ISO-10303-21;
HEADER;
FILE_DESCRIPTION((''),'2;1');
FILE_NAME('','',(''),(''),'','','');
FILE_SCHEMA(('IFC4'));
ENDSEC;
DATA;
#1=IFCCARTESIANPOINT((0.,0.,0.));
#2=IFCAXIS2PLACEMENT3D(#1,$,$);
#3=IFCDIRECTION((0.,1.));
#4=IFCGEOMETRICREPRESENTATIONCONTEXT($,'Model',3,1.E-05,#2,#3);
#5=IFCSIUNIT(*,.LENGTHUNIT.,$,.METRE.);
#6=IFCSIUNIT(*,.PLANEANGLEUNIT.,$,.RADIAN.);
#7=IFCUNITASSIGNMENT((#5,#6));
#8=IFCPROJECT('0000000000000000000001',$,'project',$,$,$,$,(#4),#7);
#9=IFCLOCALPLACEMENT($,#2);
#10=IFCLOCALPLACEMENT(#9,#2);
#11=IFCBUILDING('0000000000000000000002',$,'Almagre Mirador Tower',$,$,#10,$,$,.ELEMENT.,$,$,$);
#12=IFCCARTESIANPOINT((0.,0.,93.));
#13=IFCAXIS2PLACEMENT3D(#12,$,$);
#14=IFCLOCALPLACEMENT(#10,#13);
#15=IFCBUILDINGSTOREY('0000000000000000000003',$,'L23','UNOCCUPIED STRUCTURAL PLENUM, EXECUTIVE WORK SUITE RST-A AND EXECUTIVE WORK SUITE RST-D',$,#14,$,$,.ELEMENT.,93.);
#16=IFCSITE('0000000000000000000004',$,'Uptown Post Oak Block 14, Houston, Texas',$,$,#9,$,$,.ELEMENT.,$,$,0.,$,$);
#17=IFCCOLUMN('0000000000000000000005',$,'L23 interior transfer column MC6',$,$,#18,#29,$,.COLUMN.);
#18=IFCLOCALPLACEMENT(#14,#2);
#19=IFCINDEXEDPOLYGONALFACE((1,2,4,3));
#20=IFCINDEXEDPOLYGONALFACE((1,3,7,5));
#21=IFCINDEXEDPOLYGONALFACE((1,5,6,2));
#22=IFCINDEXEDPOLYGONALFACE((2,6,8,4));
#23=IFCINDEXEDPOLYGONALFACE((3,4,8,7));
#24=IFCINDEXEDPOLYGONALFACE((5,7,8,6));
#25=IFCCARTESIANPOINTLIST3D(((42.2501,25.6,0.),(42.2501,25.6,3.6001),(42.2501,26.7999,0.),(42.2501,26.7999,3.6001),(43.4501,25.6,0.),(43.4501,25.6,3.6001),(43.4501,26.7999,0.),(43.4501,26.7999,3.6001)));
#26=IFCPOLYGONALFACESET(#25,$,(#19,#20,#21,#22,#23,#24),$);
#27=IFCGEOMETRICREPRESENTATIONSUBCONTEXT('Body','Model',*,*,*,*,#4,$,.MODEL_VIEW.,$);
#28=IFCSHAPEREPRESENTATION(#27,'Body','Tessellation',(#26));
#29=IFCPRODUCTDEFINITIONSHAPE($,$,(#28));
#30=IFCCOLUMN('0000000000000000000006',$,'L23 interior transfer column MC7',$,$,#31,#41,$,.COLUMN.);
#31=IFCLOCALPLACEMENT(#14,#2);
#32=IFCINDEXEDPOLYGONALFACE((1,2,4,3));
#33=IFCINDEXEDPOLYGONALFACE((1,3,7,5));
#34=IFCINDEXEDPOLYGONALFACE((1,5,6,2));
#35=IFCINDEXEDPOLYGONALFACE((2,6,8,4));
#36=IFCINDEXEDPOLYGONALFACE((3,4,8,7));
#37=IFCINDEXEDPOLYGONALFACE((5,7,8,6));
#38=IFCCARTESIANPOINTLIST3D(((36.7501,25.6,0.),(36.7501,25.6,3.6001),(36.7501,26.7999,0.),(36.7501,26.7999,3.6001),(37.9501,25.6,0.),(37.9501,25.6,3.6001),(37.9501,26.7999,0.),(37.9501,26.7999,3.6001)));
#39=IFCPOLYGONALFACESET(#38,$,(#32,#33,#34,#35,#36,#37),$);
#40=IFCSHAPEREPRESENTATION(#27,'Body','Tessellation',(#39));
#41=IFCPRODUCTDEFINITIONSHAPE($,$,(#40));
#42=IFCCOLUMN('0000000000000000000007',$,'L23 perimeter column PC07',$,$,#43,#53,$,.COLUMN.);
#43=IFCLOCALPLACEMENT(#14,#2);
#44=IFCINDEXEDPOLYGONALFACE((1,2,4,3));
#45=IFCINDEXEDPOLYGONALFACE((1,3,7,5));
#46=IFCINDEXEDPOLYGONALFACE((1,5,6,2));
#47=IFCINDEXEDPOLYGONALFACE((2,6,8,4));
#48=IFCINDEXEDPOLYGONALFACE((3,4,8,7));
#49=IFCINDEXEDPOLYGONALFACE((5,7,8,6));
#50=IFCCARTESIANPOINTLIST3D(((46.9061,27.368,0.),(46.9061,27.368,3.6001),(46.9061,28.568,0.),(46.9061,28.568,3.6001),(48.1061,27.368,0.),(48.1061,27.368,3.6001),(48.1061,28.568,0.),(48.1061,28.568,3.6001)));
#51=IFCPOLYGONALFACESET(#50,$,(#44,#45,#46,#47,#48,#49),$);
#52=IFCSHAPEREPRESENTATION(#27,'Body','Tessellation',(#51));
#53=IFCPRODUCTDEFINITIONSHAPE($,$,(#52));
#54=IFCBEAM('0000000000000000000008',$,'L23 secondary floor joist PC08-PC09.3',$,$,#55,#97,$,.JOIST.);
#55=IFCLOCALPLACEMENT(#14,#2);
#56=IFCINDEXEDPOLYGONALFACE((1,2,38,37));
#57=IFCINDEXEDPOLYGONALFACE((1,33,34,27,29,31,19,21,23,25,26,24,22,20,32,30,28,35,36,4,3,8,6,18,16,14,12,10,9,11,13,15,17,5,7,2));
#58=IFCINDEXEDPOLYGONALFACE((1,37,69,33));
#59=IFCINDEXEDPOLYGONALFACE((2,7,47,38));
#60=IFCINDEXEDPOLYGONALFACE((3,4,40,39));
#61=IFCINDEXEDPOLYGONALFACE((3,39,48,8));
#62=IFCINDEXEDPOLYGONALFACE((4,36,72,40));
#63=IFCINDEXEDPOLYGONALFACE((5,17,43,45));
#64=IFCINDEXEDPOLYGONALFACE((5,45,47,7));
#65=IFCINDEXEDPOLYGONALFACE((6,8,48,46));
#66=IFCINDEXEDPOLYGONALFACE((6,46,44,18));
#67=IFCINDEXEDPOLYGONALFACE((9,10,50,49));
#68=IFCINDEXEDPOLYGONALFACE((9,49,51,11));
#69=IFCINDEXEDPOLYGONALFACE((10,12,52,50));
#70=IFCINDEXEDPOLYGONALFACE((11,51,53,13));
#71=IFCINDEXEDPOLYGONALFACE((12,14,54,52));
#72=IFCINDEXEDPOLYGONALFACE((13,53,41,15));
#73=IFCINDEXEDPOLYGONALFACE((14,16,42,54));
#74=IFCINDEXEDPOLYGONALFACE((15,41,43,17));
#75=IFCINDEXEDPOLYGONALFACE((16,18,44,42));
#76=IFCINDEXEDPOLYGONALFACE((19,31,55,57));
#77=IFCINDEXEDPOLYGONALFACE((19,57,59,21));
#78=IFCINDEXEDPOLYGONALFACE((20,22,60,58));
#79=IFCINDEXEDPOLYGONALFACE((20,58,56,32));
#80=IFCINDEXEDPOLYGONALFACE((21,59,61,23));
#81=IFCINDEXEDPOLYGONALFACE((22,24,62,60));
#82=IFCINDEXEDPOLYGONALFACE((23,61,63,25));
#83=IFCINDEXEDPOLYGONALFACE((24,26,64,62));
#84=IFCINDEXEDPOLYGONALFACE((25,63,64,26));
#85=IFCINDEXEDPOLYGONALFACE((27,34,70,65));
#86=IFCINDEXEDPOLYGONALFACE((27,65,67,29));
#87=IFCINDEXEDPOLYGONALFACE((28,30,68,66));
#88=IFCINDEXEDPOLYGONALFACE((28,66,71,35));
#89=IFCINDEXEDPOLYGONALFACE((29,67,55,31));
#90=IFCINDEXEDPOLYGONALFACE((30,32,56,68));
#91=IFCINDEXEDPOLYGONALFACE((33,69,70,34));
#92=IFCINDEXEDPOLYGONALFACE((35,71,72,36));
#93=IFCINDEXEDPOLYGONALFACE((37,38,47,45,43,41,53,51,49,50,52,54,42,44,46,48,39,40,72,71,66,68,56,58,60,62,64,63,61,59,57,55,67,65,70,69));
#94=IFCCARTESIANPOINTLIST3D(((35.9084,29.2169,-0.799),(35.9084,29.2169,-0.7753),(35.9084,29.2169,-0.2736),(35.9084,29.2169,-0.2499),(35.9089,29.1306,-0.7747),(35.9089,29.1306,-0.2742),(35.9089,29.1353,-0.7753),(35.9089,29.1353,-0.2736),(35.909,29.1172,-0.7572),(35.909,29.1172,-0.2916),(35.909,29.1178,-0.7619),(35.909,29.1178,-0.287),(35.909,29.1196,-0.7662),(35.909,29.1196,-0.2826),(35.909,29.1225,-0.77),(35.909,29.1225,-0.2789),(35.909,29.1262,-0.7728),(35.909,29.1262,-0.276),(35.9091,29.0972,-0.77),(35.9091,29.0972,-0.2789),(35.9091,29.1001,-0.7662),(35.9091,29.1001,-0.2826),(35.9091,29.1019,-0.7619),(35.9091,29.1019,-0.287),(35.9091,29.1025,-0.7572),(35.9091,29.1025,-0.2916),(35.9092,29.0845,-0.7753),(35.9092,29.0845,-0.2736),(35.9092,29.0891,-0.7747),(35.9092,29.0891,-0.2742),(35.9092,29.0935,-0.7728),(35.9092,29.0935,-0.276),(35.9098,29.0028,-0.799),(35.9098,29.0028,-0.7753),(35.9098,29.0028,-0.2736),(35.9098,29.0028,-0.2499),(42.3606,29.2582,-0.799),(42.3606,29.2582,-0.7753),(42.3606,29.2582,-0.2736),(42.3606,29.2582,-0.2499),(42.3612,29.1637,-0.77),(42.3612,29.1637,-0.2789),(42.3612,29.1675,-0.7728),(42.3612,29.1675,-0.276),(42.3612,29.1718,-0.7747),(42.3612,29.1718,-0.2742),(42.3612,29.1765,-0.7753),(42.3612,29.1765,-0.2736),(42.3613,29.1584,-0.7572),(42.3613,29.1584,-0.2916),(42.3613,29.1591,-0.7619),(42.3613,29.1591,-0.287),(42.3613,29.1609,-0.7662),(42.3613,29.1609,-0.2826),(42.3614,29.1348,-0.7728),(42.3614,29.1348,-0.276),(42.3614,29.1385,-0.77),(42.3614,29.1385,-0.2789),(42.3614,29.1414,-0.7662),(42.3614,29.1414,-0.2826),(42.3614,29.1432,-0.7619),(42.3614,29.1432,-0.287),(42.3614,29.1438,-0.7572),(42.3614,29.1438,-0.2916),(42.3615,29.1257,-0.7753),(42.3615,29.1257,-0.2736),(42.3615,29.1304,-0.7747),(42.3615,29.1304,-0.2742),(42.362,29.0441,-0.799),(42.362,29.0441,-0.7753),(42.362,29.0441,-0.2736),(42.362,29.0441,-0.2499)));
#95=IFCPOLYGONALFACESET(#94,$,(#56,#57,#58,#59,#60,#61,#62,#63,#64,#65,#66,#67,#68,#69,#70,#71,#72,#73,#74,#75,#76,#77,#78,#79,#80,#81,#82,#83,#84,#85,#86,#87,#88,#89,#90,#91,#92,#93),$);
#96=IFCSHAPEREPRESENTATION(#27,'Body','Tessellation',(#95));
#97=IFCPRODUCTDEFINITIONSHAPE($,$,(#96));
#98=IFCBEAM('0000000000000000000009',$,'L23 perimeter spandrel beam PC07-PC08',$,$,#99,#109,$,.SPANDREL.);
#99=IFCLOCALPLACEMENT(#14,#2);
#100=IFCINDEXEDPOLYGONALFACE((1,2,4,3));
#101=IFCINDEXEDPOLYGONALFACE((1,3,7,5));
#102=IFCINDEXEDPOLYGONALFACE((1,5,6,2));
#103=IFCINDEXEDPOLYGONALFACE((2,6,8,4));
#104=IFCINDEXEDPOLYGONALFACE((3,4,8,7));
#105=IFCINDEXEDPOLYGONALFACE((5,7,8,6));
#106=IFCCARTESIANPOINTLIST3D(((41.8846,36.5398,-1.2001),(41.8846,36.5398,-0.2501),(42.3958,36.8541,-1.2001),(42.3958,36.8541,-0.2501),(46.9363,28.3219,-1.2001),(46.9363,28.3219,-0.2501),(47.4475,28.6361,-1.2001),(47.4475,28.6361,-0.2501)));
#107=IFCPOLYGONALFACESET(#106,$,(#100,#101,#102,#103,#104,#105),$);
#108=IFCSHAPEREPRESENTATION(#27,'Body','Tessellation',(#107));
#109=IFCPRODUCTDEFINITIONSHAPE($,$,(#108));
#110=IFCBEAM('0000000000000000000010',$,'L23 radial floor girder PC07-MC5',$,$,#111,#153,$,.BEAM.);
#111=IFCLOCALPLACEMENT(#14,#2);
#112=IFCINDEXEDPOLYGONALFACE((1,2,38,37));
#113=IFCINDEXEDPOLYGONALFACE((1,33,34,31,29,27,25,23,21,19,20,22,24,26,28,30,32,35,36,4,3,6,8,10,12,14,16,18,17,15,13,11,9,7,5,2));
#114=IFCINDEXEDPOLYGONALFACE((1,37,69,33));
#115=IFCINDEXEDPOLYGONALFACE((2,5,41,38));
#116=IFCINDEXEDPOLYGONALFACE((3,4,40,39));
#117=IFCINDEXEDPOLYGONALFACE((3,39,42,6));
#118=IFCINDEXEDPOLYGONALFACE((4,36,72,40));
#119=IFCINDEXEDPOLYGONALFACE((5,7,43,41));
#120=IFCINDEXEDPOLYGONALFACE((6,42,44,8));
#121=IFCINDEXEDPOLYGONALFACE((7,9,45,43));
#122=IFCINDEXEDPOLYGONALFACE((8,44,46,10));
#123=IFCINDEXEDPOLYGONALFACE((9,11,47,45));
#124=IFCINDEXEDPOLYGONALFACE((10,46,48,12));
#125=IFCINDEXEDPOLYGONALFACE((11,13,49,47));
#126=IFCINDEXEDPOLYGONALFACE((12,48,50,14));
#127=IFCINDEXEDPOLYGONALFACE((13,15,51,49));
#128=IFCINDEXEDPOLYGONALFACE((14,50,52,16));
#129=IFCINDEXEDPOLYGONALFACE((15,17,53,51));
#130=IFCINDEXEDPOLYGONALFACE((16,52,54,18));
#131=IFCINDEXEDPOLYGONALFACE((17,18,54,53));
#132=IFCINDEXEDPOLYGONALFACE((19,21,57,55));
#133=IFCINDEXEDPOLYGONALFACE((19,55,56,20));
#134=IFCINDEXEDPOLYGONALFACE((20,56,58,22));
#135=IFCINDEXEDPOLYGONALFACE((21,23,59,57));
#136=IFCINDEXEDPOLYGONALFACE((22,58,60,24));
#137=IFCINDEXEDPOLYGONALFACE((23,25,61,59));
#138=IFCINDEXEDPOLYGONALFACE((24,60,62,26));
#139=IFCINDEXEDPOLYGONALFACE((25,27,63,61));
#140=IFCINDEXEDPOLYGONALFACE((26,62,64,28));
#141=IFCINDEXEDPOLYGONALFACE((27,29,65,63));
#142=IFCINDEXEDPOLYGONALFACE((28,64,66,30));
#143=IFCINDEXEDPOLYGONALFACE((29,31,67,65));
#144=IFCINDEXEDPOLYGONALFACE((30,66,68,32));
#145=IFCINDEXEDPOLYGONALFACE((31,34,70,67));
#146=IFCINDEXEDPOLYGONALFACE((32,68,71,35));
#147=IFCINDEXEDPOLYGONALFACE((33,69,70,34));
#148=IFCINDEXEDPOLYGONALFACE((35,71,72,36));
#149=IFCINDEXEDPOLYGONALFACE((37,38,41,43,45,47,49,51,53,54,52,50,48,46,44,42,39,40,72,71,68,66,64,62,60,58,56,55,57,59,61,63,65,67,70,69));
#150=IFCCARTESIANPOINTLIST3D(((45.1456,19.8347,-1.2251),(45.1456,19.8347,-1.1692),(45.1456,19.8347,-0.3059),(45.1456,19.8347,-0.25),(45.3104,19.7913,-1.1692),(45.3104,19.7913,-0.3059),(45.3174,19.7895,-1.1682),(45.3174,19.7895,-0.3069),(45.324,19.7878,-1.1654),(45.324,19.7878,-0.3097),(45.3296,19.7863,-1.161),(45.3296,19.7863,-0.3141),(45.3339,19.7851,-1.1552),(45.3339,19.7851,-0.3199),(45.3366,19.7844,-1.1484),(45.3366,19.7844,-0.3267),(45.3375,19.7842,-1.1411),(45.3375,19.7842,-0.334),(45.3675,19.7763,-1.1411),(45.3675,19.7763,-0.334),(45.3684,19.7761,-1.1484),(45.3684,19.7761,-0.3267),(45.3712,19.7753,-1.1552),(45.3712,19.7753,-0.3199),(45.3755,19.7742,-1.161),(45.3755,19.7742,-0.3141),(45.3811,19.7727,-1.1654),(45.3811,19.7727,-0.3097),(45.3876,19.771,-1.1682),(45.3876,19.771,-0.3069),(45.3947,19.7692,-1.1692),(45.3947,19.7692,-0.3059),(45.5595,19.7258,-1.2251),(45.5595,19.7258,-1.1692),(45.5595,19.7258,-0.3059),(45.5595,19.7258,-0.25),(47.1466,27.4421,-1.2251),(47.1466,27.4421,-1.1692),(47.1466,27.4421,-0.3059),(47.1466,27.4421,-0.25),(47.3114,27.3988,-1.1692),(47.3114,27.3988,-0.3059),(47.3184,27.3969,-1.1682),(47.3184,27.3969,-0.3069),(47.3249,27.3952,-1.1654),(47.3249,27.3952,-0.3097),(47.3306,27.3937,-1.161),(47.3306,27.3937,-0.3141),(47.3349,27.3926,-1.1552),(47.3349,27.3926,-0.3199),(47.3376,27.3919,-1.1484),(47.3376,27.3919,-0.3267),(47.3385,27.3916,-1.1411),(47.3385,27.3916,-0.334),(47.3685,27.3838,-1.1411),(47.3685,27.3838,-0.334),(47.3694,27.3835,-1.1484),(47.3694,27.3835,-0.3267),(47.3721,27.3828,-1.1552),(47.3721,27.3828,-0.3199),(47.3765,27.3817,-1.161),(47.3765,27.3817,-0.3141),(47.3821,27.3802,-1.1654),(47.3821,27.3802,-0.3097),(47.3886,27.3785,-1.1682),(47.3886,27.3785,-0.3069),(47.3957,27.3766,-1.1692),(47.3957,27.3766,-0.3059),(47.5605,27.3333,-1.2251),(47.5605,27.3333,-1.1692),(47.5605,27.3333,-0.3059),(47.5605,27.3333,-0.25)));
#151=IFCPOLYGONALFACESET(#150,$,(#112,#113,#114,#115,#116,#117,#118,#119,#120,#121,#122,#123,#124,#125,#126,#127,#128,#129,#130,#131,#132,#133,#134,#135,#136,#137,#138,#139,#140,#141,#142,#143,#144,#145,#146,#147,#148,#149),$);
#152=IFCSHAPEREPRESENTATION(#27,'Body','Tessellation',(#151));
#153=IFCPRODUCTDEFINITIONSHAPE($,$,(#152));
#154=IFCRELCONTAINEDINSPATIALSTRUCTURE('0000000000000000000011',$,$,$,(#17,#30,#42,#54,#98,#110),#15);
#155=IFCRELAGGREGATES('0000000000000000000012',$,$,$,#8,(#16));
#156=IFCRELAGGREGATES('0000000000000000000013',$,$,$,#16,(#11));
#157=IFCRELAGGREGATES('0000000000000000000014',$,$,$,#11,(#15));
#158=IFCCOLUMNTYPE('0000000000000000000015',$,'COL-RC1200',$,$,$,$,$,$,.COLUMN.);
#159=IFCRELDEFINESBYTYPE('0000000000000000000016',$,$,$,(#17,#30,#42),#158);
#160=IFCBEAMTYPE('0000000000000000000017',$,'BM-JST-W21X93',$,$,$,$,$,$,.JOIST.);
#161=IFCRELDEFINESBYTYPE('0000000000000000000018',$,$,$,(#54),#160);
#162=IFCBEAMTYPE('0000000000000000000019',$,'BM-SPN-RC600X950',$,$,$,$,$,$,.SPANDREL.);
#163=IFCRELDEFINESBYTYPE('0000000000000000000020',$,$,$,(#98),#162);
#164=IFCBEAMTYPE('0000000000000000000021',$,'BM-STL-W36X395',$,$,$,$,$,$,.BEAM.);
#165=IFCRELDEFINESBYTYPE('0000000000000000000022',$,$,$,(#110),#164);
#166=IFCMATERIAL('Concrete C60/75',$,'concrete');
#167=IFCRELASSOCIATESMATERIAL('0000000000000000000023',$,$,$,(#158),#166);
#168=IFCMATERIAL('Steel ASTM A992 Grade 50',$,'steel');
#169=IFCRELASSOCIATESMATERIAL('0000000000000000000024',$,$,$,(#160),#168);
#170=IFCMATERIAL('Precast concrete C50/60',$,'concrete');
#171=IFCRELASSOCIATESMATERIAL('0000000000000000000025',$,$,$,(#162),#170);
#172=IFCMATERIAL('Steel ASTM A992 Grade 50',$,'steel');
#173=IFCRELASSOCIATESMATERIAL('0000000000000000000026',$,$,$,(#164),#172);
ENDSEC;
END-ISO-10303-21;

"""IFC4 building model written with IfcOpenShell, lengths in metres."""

from ifc_helpers import new_model, si_unit, direction, frame, origin, origin_2d, place, context, subcontext, project, spatial, rectangle, i_section, extrude, material, material_profile, profile_set, type_object, element, save


model = new_model("IFC4")

# Units and contexts
model_context = context("Model", 3, precision=1e-05, world=origin(), true_north=direction((0.0, 1.0)))
body_context = subcontext(model_context, "Body", "Model", "MODEL_VIEW")
ifc_project = project(units=[si_unit("LENGTHUNIT", "METRE"), si_unit("PLANEANGLEUNIT", "RADIAN")], contexts=[model_context])

# Site, building, storey
site_placement = place(None, origin())
site = spatial("IfcSite", under=ifc_project, at=site_placement, Name="Uptown Post Oak Block 14, Houston, Texas", CompositionType="ELEMENT", RefElevation=0.0)
building_placement = place(site_placement, origin())
building = spatial("IfcBuilding", under=site, at=building_placement, Name="Almagre Mirador Tower", CompositionType="ELEMENT")
storey_placement = place(building_placement, frame((0.0, 0.0, 93.0)))
storey = spatial("IfcBuildingStorey", under=building, at=storey_placement, Name="L23", Description="UNOCCUPIED STRUCTURAL PLENUM, EXECUTIVE WORK SUITE RST-A AND EXECUTIVE WORK SUITE RST-D", CompositionType="ELEMENT", Elevation=93.0)

# Columns
ifc_material_1 = material(Name="Concrete C60/75", Category="concrete")
ifc_material_profile_1 = material_profile(ifc_material_1, rectangle(XDim=1.2, YDim=1.2, at=origin_2d()), Name="RC1200X1200")
ifc_profile_set_1 = profile_set([ifc_material_profile_1], Name="Concrete C60/75")
column_type = type_object("IfcColumnType", Name="COL-RC1200", PredefinedType="COLUMN", material=ifc_profile_set_1)
for number, where, z_axis, x_axis, name in (
    (1, (42.8501, 26.2, 0.0), (0.0, 0.0, 1.0), (1.0, 0.0, 0.0), "L23 interior transfer column MC6"),
    (2, (37.3501, 26.2, 0.0), (0.0, 0.0, 1.0), (1.0, 0.0, 0.0), "L23 interior transfer column MC7"),
    (3, (47.5061, 27.968, 0.0), (0.0, 0.0, 1.0), (1.0, 0.0, 0.0), "L23 perimeter column PC07"),
):
    element("IfcColumn", number, at=place(storey_placement, frame(where, z_axis=z_axis, x_axis=x_axis)), inside=storey, type_object=column_type, Name=name, PredefinedType="COLUMN", context=body_context, shape_type="SweptSolid", body=[
        extrude(rectangle(XDim=1.2, YDim=1.2, at=origin_2d()), origin(), (0.0, 0.0, 1.0), 3.6001),
    ])

# Beams
ifc_material_2 = material(Name="Steel ASTM A992 Grade 50", Category="steel")
ifc_material_profile_2 = material_profile(ifc_material_2, i_section(OverallWidth=0.2141, OverallDepth=0.5491, WebThickness=0.0146, FlangeThickness=0.0237, FilletRadius=0.0181, at=origin_2d()), Name="W21X93")
ifc_profile_set_2 = profile_set([ifc_material_profile_2], Name="Steel ASTM A992 Grade 50")
beam_type_1 = type_object("IfcBeamType", Name="BM-JST-W21X93", PredefinedType="JOIST", material=ifc_profile_set_2)
beam_1_placement = place(storey_placement, frame((42.3613, 29.1511, -0.5244), z_axis=(-0.99998, -0.006395, 0.0), x_axis=(0.006395, -0.99998, 0.0)))
element("IfcBeam", 4, at=beam_1_placement, inside=storey, type_object=beam_type_1, Name="L23 secondary floor joist PC08-PC09.3", PredefinedType="JOIST", context=body_context, shape_type="SweptSolid", body=[
    extrude(i_section(OverallWidth=0.2141, OverallDepth=0.5491, WebThickness=0.0146, FlangeThickness=0.0237, FilletRadius=0.0181, at=origin_2d()), origin(), (0.0, 0.0, 1.0), 6.4524),
])
ifc_material_3 = material(Name="Precast concrete C50/60", Category="concrete")
ifc_material_profile_3 = material_profile(ifc_material_3, rectangle(XDim=0.6001, YDim=0.95, at=origin_2d()), Name="RC600X950")
ifc_profile_set_3 = profile_set([ifc_material_profile_3], Name="Precast concrete C50/60")
beam_type_2 = type_object("IfcBeamType", Name="BM-SPN-RC600X950", PredefinedType="SPANDREL", material=ifc_profile_set_3)
beam_2_placement = place(storey_placement, frame((47.1919, 28.479, -0.7251), z_axis=(-0.523685, 0.851912, 0.0), x_axis=(-0.851912, -0.523685, 0.0)))
element("IfcBeam", 5, at=beam_2_placement, inside=storey, type_object=beam_type_2, Name="L23 perimeter spandrel beam PC07-PC08", PredefinedType="SPANDREL", context=body_context, shape_type="SweptSolid", body=[
    extrude(rectangle(XDim=0.6001, YDim=0.95, at=origin_2d()), origin(), (0.0, 0.0, 1.0), 9.6465),
])
ifc_material_4 = material(Name="Steel ASTM A992 Grade 50", Category="steel")
ifc_material_profile_4 = material_profile(ifc_material_4, i_section(OverallWidth=0.428, OverallDepth=0.9751, WebThickness=0.031, FlangeThickness=0.0559, FilletRadius=0.0281, at=origin_2d()), Name="W36X395")
ifc_profile_set_4 = profile_set([ifc_material_profile_4], Name="Steel ASTM A992 Grade 50")
beam_type_3 = type_object("IfcBeamType", Name="BM-STL-W36X395", PredefinedType="BEAM", material=ifc_profile_set_4)
beam_3_placement = place(storey_placement, frame((47.3535, 27.3877, -0.7375), z_axis=(-0.254377, -0.967105, 0.0), x_axis=(0.967105, -0.254377, 0.0)))
element("IfcBeam", 6, at=beam_3_placement, inside=storey, type_object=beam_type_3, Name="L23 radial floor girder PC07-MC5", PredefinedType="BEAM", context=body_context, shape_type="SweptSolid", body=[
    extrude(i_section(OverallWidth=0.428, OverallDepth=0.9751, WebThickness=0.031, FlangeThickness=0.0559, FilletRadius=0.0281, at=origin_2d()), origin(), (0.0, 0.0, 1.0), 7.8662),
])

save(model, "model.ifc")
